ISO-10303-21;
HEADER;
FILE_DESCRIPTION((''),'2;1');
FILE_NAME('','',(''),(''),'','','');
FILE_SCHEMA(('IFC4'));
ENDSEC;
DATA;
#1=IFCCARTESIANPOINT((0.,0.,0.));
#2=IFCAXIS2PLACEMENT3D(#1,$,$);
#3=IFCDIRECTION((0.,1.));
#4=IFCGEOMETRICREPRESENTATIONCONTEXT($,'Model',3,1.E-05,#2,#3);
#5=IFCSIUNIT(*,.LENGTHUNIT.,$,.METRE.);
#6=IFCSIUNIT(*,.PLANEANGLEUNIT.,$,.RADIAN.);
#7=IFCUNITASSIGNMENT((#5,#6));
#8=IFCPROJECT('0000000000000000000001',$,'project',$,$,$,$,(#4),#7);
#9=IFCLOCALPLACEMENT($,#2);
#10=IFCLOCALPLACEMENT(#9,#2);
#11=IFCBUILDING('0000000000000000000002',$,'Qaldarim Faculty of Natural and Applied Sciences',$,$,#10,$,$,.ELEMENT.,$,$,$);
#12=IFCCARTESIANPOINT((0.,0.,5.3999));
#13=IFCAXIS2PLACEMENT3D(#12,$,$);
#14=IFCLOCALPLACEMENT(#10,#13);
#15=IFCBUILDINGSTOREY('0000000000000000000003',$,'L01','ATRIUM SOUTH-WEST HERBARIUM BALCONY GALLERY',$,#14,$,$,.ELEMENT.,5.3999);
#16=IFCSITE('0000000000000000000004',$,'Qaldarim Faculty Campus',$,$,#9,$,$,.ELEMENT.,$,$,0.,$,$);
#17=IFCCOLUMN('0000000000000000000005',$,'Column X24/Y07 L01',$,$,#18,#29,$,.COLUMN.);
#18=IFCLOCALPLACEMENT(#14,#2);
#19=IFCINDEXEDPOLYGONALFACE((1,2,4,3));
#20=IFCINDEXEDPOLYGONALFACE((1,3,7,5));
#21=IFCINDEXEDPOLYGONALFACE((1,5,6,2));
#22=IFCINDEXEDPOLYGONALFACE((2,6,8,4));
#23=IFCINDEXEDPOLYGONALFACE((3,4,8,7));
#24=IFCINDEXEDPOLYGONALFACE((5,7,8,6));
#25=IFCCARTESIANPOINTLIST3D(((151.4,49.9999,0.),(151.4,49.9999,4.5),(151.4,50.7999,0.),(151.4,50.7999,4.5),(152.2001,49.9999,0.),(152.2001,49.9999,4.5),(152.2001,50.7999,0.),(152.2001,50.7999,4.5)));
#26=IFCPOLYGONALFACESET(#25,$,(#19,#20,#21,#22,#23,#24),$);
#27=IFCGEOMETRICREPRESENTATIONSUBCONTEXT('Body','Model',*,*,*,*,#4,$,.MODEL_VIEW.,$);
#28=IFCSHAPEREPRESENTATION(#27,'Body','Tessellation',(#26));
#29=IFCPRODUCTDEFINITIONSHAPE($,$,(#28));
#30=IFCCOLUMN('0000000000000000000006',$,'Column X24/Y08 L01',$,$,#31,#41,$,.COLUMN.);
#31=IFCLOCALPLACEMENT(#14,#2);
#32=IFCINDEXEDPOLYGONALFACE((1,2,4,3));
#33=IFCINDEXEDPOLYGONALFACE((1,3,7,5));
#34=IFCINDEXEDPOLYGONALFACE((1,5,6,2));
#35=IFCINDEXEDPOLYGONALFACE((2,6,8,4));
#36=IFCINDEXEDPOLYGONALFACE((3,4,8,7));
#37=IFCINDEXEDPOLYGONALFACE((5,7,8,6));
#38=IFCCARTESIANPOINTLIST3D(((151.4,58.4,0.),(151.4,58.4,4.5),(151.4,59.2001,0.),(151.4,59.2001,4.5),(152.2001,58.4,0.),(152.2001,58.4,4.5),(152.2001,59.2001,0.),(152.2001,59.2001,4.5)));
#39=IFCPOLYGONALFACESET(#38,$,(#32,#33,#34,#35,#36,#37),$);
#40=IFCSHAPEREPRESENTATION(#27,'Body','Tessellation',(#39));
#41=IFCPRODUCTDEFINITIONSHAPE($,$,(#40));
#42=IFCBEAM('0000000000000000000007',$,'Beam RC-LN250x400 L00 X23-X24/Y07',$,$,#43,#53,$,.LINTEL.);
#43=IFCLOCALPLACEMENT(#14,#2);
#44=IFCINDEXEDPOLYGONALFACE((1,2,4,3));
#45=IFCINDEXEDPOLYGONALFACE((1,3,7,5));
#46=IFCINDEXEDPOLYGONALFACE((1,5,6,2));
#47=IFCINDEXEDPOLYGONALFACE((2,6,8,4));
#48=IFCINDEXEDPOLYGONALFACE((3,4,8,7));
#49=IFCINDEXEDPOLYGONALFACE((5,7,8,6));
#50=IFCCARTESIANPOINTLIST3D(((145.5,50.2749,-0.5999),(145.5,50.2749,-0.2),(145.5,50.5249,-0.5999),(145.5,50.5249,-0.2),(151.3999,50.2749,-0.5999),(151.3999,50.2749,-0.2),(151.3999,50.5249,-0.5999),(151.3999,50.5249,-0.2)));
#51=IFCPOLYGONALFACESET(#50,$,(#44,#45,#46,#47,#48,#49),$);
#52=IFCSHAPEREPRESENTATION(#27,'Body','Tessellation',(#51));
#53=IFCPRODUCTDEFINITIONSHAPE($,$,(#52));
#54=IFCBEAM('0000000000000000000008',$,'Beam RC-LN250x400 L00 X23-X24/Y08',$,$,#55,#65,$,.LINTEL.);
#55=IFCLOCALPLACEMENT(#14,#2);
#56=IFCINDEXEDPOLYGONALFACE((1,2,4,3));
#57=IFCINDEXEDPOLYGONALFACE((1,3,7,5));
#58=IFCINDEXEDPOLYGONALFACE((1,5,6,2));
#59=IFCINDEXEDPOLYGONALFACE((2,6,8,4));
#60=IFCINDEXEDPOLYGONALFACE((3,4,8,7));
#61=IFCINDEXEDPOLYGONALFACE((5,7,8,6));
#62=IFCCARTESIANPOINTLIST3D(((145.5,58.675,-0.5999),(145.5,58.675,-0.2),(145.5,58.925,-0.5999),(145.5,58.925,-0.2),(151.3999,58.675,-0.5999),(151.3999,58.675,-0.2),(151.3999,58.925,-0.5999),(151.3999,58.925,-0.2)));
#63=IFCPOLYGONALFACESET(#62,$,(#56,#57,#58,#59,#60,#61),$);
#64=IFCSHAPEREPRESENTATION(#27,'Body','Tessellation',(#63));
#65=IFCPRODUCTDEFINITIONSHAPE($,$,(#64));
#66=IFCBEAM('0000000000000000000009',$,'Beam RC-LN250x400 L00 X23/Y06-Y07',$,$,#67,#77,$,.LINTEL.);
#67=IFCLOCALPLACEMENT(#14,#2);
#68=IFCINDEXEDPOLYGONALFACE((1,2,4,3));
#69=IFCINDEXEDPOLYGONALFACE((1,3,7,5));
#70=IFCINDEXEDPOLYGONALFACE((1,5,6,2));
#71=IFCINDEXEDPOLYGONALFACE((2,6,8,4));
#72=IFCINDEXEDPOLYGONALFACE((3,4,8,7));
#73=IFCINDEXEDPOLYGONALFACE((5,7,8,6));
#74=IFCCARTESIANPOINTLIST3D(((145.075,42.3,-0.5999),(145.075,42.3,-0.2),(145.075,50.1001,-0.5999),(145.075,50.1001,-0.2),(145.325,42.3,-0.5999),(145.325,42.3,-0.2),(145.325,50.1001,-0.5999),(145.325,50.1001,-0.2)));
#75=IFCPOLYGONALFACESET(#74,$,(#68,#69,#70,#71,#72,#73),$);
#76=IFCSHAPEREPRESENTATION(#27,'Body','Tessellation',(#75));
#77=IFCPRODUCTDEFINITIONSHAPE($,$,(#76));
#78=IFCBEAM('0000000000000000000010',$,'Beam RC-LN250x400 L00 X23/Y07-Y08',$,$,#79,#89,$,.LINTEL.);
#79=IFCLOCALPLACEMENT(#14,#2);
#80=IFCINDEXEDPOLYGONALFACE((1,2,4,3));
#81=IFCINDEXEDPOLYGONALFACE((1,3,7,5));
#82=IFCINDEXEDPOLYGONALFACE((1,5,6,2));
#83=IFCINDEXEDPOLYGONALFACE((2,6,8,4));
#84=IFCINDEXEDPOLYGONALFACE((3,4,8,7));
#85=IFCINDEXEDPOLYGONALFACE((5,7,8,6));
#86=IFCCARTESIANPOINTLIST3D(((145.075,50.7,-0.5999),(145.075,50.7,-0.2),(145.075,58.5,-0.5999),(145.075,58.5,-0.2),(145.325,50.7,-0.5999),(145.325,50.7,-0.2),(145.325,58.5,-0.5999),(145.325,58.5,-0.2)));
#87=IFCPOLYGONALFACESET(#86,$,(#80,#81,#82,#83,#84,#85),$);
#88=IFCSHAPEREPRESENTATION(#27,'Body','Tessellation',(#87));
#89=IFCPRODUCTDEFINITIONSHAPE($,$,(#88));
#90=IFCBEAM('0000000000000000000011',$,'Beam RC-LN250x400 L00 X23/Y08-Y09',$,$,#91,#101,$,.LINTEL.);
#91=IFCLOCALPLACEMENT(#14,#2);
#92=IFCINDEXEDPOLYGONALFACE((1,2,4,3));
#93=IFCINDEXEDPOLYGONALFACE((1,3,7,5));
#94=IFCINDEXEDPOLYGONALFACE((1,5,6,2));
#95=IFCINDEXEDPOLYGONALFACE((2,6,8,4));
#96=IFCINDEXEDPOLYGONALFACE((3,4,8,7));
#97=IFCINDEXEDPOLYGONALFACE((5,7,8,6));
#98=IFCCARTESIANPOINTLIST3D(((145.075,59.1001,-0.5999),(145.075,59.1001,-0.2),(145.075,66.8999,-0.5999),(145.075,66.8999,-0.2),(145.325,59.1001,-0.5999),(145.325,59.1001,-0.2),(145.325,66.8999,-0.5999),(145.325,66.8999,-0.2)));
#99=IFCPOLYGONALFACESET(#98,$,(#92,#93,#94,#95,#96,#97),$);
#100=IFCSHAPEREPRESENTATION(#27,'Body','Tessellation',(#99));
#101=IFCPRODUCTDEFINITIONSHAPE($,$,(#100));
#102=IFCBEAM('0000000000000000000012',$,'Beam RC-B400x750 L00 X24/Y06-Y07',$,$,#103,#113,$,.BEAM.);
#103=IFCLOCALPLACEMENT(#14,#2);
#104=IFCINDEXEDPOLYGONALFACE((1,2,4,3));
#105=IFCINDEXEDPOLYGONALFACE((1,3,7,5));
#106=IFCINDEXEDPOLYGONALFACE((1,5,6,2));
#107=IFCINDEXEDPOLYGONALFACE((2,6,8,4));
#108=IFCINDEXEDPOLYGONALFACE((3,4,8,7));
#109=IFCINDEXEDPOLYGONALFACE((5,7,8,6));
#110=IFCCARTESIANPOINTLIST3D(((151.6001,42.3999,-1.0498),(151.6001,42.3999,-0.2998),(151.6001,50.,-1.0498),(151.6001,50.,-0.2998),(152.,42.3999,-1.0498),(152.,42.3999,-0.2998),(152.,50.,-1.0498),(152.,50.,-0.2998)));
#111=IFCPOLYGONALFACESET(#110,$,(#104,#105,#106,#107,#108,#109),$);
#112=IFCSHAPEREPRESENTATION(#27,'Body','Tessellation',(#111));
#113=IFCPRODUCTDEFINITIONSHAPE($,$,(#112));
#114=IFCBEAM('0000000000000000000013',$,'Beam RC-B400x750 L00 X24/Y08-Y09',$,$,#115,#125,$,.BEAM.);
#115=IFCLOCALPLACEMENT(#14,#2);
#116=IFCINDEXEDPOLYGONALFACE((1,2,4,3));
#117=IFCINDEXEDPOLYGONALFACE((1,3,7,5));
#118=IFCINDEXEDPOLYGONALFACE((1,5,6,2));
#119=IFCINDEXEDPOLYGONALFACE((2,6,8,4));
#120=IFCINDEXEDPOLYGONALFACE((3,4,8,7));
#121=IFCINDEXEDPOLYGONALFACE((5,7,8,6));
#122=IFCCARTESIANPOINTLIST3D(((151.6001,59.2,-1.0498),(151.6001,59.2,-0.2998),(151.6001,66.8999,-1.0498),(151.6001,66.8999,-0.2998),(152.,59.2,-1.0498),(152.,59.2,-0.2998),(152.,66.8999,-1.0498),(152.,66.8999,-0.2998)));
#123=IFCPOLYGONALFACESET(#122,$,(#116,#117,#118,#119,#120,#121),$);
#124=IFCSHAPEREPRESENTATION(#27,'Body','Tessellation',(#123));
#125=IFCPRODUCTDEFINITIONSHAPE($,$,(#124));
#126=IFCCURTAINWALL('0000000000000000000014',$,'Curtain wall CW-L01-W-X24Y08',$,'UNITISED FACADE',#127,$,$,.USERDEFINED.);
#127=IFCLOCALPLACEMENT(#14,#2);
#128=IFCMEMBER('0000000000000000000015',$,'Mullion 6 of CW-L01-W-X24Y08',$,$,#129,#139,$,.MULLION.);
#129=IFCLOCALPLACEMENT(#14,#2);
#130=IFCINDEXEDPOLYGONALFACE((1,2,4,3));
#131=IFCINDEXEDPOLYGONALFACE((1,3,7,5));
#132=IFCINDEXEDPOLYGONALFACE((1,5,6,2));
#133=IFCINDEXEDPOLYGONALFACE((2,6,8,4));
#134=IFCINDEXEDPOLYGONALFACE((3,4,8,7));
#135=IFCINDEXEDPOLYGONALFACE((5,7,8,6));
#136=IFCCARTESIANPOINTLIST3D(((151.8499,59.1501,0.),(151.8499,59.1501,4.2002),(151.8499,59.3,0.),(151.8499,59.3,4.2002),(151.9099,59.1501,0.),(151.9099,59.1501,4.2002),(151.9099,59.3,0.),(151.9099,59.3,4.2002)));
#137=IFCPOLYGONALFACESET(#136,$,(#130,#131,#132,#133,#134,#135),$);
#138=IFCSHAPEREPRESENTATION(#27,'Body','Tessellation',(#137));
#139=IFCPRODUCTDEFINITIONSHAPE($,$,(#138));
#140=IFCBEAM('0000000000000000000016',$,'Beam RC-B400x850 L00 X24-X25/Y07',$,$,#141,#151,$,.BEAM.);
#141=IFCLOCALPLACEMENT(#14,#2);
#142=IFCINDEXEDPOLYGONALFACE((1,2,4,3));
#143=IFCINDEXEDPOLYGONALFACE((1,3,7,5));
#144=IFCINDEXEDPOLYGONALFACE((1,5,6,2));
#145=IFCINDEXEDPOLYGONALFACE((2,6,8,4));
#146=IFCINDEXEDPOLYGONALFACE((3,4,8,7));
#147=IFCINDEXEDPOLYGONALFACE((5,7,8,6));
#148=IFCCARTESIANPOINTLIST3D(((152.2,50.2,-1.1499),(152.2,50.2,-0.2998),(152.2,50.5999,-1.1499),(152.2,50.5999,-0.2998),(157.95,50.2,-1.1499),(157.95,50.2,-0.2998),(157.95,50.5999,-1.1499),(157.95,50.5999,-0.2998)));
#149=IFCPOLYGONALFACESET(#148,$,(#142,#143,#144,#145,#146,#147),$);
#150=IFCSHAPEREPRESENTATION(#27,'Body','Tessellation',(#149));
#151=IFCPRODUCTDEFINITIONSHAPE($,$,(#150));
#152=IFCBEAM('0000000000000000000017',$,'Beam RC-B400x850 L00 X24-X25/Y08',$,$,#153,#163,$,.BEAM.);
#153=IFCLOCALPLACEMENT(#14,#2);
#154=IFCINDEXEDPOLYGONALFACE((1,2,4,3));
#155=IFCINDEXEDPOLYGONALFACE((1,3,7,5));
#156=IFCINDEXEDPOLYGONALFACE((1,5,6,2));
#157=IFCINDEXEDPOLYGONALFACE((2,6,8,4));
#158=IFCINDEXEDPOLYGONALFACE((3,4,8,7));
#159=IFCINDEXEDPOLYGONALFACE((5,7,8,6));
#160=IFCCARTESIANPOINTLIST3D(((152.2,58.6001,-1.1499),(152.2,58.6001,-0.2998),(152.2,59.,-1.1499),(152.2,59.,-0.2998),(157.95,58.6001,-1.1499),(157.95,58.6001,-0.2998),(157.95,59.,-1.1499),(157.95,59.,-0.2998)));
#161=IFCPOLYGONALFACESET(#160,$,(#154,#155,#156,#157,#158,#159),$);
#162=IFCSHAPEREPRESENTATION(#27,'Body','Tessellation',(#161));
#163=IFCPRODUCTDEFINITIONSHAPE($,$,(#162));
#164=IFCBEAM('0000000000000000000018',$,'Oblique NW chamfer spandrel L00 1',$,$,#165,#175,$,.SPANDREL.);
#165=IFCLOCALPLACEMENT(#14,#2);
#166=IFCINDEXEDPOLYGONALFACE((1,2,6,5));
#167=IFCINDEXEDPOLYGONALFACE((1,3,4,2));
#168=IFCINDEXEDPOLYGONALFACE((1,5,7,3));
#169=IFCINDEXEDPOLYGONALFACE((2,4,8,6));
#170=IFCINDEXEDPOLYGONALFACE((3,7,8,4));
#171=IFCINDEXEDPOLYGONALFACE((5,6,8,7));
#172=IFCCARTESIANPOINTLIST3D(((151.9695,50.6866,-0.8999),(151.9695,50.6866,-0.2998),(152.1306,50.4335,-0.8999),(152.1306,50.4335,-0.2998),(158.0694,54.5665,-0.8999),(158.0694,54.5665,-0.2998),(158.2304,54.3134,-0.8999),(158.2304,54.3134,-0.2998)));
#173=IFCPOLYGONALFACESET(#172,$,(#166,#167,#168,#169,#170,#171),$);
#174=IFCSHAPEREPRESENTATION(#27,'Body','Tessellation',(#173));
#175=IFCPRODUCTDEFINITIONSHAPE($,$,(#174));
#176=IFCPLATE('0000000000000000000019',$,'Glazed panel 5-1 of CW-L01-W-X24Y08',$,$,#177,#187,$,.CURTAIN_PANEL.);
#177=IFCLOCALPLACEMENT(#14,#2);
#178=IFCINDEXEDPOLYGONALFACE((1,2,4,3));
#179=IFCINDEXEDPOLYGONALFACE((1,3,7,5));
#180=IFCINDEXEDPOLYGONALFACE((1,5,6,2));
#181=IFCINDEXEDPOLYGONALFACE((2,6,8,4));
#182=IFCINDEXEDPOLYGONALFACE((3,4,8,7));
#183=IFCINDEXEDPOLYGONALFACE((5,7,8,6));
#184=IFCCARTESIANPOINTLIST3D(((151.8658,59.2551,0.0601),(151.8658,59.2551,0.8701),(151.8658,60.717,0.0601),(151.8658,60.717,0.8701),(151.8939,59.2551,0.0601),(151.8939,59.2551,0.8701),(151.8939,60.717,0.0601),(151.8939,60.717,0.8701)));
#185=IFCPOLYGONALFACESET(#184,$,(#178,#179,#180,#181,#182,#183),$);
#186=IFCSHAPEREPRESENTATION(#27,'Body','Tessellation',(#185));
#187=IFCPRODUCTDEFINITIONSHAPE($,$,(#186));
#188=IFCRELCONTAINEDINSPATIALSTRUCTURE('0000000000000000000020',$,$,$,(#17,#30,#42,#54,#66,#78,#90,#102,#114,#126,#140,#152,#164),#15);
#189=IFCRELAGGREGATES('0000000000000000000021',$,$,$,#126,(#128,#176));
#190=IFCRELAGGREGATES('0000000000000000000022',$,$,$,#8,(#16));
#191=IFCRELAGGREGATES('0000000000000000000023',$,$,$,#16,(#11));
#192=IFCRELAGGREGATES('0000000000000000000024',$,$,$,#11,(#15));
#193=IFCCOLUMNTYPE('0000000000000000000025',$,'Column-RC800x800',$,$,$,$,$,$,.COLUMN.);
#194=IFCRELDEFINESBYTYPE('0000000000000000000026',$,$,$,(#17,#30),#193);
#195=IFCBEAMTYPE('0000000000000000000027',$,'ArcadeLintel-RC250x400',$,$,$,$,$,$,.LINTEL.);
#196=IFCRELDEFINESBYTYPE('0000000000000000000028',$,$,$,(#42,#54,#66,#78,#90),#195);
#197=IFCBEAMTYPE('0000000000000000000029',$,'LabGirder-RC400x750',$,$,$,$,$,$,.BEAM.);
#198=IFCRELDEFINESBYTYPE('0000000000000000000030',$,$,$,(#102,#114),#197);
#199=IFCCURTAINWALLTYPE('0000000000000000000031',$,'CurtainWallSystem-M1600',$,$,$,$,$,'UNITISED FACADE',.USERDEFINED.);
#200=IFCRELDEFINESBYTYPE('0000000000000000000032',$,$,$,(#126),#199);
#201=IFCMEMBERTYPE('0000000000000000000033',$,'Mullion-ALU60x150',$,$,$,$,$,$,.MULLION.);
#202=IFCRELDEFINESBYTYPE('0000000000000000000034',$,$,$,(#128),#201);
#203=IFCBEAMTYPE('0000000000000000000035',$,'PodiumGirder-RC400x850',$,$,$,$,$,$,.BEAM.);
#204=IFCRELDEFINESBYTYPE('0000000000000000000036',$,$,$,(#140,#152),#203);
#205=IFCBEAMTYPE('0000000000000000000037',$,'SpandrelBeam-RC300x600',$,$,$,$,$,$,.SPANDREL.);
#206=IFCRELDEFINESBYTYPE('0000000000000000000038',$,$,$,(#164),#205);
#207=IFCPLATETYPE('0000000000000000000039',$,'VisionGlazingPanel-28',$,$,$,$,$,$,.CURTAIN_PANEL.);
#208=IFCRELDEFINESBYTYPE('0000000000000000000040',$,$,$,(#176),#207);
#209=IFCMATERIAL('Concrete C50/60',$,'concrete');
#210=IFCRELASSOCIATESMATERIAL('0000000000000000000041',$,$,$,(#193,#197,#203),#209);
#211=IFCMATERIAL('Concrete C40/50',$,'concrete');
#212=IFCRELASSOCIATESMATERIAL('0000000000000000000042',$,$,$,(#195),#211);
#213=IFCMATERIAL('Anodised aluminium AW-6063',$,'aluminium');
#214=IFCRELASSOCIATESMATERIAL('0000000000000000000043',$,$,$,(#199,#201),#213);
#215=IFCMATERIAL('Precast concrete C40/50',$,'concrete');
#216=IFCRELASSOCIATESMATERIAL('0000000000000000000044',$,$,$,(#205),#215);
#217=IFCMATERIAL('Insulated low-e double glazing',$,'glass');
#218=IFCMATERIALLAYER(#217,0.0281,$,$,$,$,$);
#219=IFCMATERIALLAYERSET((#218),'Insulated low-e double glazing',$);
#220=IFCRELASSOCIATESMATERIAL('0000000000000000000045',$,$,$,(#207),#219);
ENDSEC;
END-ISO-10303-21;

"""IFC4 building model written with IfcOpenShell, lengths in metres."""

from ifc_helpers import new_model, si_unit, direction, frame, origin, origin_2d, place, context, subcontext, project, spatial, rectangle, extrude, material, layer, layer_set, material_profile, profile_set, type_object, element, aggregate, save


model = new_model("IFC4")

# Units and contexts
model_context = context("Model", 3, precision=1e-05, world=origin(), true_north=direction((0.0, 1.0)))
body_context = subcontext(model_context, "Body", "Model", "MODEL_VIEW")
ifc_project = project(units=[si_unit("LENGTHUNIT", "METRE"), si_unit("PLANEANGLEUNIT", "RADIAN")], contexts=[model_context])

# Site, building, storey
site_placement = place(None, origin())
site = spatial("IfcSite", under=ifc_project, at=site_placement, Name="Qaldarim Faculty Campus", CompositionType="ELEMENT", RefElevation=0.0)
building_placement = place(site_placement, origin())
building = spatial("IfcBuilding", under=site, at=building_placement, Name="Qaldarim Faculty of Natural and Applied Sciences", CompositionType="ELEMENT")
storey_placement = place(building_placement, frame((0.0, 0.0, 5.3999)))
storey = spatial("IfcBuildingStorey", under=building, at=storey_placement, Name="L01", Description="ATRIUM SOUTH-WEST HERBARIUM BALCONY GALLERY", CompositionType="ELEMENT", Elevation=5.3999)

# Columns
ifc_material_1 = material(Name="Concrete C50/60", Category="concrete")
ifc_material_profile_1 = material_profile(ifc_material_1, rectangle(XDim=0.8, YDim=0.8, at=origin_2d()), Name="RC-C800x800")
ifc_profile_set_1 = profile_set([ifc_material_profile_1], Name="Concrete C50/60")
column_type = type_object("IfcColumnType", Name="Column-RC800x800", PredefinedType="COLUMN", material=ifc_profile_set_1)
for number, where, z_axis, x_axis, name in (
    (1, (151.8, 50.3999, 0.0), (0.0, 0.0, 1.0), (1.0, 0.0, 0.0), "Column X24/Y07 L01"),
    (2, (151.8, 58.8, 0.0), (0.0, 0.0, 1.0), (1.0, 0.0, 0.0), "Column X24/Y08 L01"),
):
    element("IfcColumn", number, at=place(storey_placement, frame(where, z_axis=z_axis, x_axis=x_axis)), inside=storey, type_object=column_type, Name=name, PredefinedType="COLUMN", context=body_context, shape_type="SweptSolid", body=[
        extrude(rectangle(XDim=0.8, YDim=0.8, at=origin_2d()), origin(), (0.0, 0.0, 1.0), 4.5),
    ])

# Beams
ifc_material_2 = material(Name="Concrete C40/50", Category="concrete")
ifc_material_profile_2 = material_profile(ifc_material_2, rectangle(XDim=0.25, YDim=0.3999, at=origin_2d()), Name="RC-LN250x400")
ifc_profile_set_2 = profile_set([ifc_material_profile_2], Name="Concrete C40/50")
beam_type_1 = type_object("IfcBeamType", Name="ArcadeLintel-RC250x400", PredefinedType="LINTEL", material=ifc_profile_set_2)
for number, where, z_axis, x_axis, name in (
    (3, (145.5, 50.3999, -0.3999), (1.0, 0.0, 0.0), (0.0, 1.0, 0.0), "Beam RC-LN250x400 L00 X23-X24/Y07"),
    (4, (145.5, 58.8, -0.3999), (1.0, 0.0, 0.0), (0.0, 1.0, 0.0), "Beam RC-LN250x400 L00 X23-X24/Y08"),
):
    element("IfcBeam", number, at=place(storey_placement, frame(where, z_axis=z_axis, x_axis=x_axis)), inside=storey, type_object=beam_type_1, Name=name, PredefinedType="LINTEL", context=body_context, shape_type="SweptSolid", body=[
        extrude(rectangle(XDim=0.25, YDim=0.3999, at=origin_2d()), origin(), (0.0, 0.0, 1.0), 5.8999),
    ])
for number, where, z_axis, x_axis, name in (
    (5, (145.2, 42.3, -0.3999), (0.0, 1.0, 0.0), (-1.0, 0.0, 0.0), "Beam RC-LN250x400 L00 X23/Y06-Y07"),
    (6, (145.2, 50.7, -0.3999), (0.0, 1.0, 0.0), (-1.0, 0.0, 0.0), "Beam RC-LN250x400 L00 X23/Y07-Y08"),
):
    element("IfcBeam", number, at=place(storey_placement, frame(where, z_axis=z_axis, x_axis=x_axis)), inside=storey, type_object=beam_type_1, Name=name, PredefinedType="LINTEL", context=body_context, shape_type="SweptSolid", body=[
        extrude(rectangle(XDim=0.25, YDim=0.3999, at=origin_2d()), origin(), (0.0, 0.0, 1.0), 7.8),
    ])
beam_1_placement = place(storey_placement, frame((145.2, 59.1001, -0.3999), z_axis=(0.0, 1.0, 0.0), x_axis=(-1.0, 0.0, 0.0)))
element("IfcBeam", 7, at=beam_1_placement, inside=storey, type_object=beam_type_1, Name="Beam RC-LN250x400 L00 X23/Y08-Y09", PredefinedType="LINTEL", context=body_context, shape_type="SweptSolid", body=[
    extrude(rectangle(XDim=0.25, YDim=0.3999, at=origin_2d()), origin(), (0.0, 0.0, 1.0), 7.7998),
])
ifc_material_profile_3 = material_profile(ifc_material_1, rectangle(XDim=0.3999, YDim=0.75, at=origin_2d()), Name="RC-B400x750")
ifc_profile_set_3 = profile_set([ifc_material_profile_3], Name="Concrete C50/60")
beam_type_2 = type_object("IfcBeamType", Name="LabGirder-RC400x750", PredefinedType="BEAM", material=ifc_profile_set_3)
beam_2_placement = place(storey_placement, frame((151.8, 42.3999, -0.6748), z_axis=(0.0, 1.0, 0.0), x_axis=(-1.0, 0.0, 0.0)))
element("IfcBeam", 8, at=beam_2_placement, inside=storey, type_object=beam_type_2, Name="Beam RC-B400x750 L00 X24/Y06-Y07", PredefinedType="BEAM", context=body_context, shape_type="SweptSolid", body=[
    extrude(rectangle(XDim=0.3999, YDim=0.75, at=origin_2d()), origin(), (0.0, 0.0, 1.0), 7.6001),
])
beam_3_placement = place(storey_placement, frame((151.8, 59.2, -0.6748), z_axis=(0.0, 1.0, 0.0), x_axis=(-1.0, 0.0, 0.0)))
element("IfcBeam", 9, at=beam_3_placement, inside=storey, type_object=beam_type_2, Name="Beam RC-B400x750 L00 X24/Y08-Y09", PredefinedType="BEAM", context=body_context, shape_type="SweptSolid", body=[
    extrude(rectangle(XDim=0.3999, YDim=0.75, at=origin_2d()), origin(), (0.0, 0.0, 1.0), 7.7),
])

# Curtain wall, member
ifc_material_3 = material(Name="Anodised aluminium AW-6063", Category="aluminium")
curtain_wall_type = type_object("IfcCurtainWallType", Name="CurtainWallSystem-M1600", ElementType="UNITISED FACADE", PredefinedType="USERDEFINED", material=ifc_material_3)
curtain_wall_placement = place(storey_placement, origin())
curtain_wall = element("IfcCurtainWall", 10, at=curtain_wall_placement, inside=storey, type_object=curtain_wall_type, Name="Curtain wall CW-L01-W-X24Y08", ObjectType="UNITISED FACADE", PredefinedType="USERDEFINED")
ifc_material_profile_4 = material_profile(ifc_material_3, rectangle(XDim=0.0601, YDim=0.1499, at=origin_2d()), Name="ALU-M60x150")
ifc_profile_set_4 = profile_set([ifc_material_profile_4], Name="Anodised aluminium AW-6063")
member_type = type_object("IfcMemberType", Name="Mullion-ALU60x150", PredefinedType="MULLION", material=ifc_profile_set_4)
member_placement = place(storey_placement, frame((151.8799, 59.2251, 0.0), z_axis=(0.0, 0.0, 1.0), x_axis=(1.0, 0.0, 0.0)))
member = element("IfcMember", 11, at=member_placement, type_object=member_type, Name="Mullion 6 of CW-L01-W-X24Y08", PredefinedType="MULLION", context=body_context, shape_type="SweptSolid", body=[
    extrude(rectangle(XDim=0.0601, YDim=0.1499, at=origin_2d()), origin(), (0.0, 0.0, 1.0), 4.2002),
])

# Beams
ifc_material_profile_5 = material_profile(ifc_material_1, rectangle(XDim=0.3999, YDim=0.8501, at=origin_2d()), Name="RC-B400x850")
ifc_profile_set_5 = profile_set([ifc_material_profile_5], Name="Concrete C50/60")
beam_type_3 = type_object("IfcBeamType", Name="PodiumGirder-RC400x850", PredefinedType="BEAM", material=ifc_profile_set_5)
for number, where, z_axis, x_axis, name in (
    (12, (152.2, 50.3999, -0.7249), (1.0, 0.0, 0.0), (0.0, 1.0, 0.0), "Beam RC-B400x850 L00 X24-X25/Y07"),
    (13, (152.2, 58.8, -0.7249), (1.0, 0.0, 0.0), (0.0, 1.0, 0.0), "Beam RC-B400x850 L00 X24-X25/Y08"),
):
    element("IfcBeam", number, at=place(storey_placement, frame(where, z_axis=z_axis, x_axis=x_axis)), inside=storey, type_object=beam_type_3, Name=name, PredefinedType="BEAM", context=body_context, shape_type="SweptSolid", body=[
        extrude(rectangle(XDim=0.3999, YDim=0.8501, at=origin_2d()), origin(), (0.0, 0.0, 1.0), 5.75),
    ])
ifc_material_4 = material(Name="Precast concrete C40/50", Category="concrete")
ifc_material_profile_6 = material_profile(ifc_material_4, rectangle(XDim=0.3, YDim=0.6001, at=origin_2d()), Name="RC-SP300x600")
ifc_profile_set_6 = profile_set([ifc_material_profile_6], Name="Precast concrete C40/50")
beam_type_4 = type_object("IfcBeamType", Name="SpandrelBeam-RC300x600", PredefinedType="SPANDREL", material=ifc_profile_set_6)
beam_4_placement = place(storey_placement, frame((152.05, 50.5601, -0.5999), z_axis=(0.843777, 0.536694, 0.0), x_axis=(-0.536694, 0.843777, 0.0)))
element("IfcBeam", 14, at=beam_4_placement, inside=storey, type_object=beam_type_4, Name="Oblique NW chamfer spandrel L00 1", PredefinedType="SPANDREL", context=body_context, shape_type="SweptSolid", body=[
    extrude(rectangle(XDim=0.3, YDim=0.6001, at=origin_2d()), origin(), (0.0, 0.0, 1.0), 7.2292),
])

# Plate
ifc_material_5 = material(Name="Insulated low-e double glazing", Category="glass")
ifc_layer_1 = layer(ifc_material_5, 0.0281)
ifc_layer_set_1 = layer_set([ifc_layer_1], Name="Insulated low-e double glazing")
plate_type = type_object("IfcPlateType", Name="VisionGlazingPanel-28", PredefinedType="CURTAIN_PANEL", material=ifc_layer_set_1)
plate_1_placement = place(storey_placement, frame((151.8799, 59.9861, 0.0601), z_axis=(0.0, 0.0, 1.0), x_axis=(0.0, -1.0, 0.0)))
plate_1 = element("IfcPlate", 15, at=plate_1_placement, type_object=plate_type, Name="Glazed panel 5-1 of CW-L01-W-X24Y08", PredefinedType="CURTAIN_PANEL", context=body_context, shape_type="SweptSolid", body=[
    extrude(rectangle(XDim=1.4619, YDim=0.0281, at=origin_2d()), origin(), (0.0, 0.0, 1.0), 0.8101),
])
aggregate(curtain_wall, [member, plate_1])

save(model, "model.ifc")
